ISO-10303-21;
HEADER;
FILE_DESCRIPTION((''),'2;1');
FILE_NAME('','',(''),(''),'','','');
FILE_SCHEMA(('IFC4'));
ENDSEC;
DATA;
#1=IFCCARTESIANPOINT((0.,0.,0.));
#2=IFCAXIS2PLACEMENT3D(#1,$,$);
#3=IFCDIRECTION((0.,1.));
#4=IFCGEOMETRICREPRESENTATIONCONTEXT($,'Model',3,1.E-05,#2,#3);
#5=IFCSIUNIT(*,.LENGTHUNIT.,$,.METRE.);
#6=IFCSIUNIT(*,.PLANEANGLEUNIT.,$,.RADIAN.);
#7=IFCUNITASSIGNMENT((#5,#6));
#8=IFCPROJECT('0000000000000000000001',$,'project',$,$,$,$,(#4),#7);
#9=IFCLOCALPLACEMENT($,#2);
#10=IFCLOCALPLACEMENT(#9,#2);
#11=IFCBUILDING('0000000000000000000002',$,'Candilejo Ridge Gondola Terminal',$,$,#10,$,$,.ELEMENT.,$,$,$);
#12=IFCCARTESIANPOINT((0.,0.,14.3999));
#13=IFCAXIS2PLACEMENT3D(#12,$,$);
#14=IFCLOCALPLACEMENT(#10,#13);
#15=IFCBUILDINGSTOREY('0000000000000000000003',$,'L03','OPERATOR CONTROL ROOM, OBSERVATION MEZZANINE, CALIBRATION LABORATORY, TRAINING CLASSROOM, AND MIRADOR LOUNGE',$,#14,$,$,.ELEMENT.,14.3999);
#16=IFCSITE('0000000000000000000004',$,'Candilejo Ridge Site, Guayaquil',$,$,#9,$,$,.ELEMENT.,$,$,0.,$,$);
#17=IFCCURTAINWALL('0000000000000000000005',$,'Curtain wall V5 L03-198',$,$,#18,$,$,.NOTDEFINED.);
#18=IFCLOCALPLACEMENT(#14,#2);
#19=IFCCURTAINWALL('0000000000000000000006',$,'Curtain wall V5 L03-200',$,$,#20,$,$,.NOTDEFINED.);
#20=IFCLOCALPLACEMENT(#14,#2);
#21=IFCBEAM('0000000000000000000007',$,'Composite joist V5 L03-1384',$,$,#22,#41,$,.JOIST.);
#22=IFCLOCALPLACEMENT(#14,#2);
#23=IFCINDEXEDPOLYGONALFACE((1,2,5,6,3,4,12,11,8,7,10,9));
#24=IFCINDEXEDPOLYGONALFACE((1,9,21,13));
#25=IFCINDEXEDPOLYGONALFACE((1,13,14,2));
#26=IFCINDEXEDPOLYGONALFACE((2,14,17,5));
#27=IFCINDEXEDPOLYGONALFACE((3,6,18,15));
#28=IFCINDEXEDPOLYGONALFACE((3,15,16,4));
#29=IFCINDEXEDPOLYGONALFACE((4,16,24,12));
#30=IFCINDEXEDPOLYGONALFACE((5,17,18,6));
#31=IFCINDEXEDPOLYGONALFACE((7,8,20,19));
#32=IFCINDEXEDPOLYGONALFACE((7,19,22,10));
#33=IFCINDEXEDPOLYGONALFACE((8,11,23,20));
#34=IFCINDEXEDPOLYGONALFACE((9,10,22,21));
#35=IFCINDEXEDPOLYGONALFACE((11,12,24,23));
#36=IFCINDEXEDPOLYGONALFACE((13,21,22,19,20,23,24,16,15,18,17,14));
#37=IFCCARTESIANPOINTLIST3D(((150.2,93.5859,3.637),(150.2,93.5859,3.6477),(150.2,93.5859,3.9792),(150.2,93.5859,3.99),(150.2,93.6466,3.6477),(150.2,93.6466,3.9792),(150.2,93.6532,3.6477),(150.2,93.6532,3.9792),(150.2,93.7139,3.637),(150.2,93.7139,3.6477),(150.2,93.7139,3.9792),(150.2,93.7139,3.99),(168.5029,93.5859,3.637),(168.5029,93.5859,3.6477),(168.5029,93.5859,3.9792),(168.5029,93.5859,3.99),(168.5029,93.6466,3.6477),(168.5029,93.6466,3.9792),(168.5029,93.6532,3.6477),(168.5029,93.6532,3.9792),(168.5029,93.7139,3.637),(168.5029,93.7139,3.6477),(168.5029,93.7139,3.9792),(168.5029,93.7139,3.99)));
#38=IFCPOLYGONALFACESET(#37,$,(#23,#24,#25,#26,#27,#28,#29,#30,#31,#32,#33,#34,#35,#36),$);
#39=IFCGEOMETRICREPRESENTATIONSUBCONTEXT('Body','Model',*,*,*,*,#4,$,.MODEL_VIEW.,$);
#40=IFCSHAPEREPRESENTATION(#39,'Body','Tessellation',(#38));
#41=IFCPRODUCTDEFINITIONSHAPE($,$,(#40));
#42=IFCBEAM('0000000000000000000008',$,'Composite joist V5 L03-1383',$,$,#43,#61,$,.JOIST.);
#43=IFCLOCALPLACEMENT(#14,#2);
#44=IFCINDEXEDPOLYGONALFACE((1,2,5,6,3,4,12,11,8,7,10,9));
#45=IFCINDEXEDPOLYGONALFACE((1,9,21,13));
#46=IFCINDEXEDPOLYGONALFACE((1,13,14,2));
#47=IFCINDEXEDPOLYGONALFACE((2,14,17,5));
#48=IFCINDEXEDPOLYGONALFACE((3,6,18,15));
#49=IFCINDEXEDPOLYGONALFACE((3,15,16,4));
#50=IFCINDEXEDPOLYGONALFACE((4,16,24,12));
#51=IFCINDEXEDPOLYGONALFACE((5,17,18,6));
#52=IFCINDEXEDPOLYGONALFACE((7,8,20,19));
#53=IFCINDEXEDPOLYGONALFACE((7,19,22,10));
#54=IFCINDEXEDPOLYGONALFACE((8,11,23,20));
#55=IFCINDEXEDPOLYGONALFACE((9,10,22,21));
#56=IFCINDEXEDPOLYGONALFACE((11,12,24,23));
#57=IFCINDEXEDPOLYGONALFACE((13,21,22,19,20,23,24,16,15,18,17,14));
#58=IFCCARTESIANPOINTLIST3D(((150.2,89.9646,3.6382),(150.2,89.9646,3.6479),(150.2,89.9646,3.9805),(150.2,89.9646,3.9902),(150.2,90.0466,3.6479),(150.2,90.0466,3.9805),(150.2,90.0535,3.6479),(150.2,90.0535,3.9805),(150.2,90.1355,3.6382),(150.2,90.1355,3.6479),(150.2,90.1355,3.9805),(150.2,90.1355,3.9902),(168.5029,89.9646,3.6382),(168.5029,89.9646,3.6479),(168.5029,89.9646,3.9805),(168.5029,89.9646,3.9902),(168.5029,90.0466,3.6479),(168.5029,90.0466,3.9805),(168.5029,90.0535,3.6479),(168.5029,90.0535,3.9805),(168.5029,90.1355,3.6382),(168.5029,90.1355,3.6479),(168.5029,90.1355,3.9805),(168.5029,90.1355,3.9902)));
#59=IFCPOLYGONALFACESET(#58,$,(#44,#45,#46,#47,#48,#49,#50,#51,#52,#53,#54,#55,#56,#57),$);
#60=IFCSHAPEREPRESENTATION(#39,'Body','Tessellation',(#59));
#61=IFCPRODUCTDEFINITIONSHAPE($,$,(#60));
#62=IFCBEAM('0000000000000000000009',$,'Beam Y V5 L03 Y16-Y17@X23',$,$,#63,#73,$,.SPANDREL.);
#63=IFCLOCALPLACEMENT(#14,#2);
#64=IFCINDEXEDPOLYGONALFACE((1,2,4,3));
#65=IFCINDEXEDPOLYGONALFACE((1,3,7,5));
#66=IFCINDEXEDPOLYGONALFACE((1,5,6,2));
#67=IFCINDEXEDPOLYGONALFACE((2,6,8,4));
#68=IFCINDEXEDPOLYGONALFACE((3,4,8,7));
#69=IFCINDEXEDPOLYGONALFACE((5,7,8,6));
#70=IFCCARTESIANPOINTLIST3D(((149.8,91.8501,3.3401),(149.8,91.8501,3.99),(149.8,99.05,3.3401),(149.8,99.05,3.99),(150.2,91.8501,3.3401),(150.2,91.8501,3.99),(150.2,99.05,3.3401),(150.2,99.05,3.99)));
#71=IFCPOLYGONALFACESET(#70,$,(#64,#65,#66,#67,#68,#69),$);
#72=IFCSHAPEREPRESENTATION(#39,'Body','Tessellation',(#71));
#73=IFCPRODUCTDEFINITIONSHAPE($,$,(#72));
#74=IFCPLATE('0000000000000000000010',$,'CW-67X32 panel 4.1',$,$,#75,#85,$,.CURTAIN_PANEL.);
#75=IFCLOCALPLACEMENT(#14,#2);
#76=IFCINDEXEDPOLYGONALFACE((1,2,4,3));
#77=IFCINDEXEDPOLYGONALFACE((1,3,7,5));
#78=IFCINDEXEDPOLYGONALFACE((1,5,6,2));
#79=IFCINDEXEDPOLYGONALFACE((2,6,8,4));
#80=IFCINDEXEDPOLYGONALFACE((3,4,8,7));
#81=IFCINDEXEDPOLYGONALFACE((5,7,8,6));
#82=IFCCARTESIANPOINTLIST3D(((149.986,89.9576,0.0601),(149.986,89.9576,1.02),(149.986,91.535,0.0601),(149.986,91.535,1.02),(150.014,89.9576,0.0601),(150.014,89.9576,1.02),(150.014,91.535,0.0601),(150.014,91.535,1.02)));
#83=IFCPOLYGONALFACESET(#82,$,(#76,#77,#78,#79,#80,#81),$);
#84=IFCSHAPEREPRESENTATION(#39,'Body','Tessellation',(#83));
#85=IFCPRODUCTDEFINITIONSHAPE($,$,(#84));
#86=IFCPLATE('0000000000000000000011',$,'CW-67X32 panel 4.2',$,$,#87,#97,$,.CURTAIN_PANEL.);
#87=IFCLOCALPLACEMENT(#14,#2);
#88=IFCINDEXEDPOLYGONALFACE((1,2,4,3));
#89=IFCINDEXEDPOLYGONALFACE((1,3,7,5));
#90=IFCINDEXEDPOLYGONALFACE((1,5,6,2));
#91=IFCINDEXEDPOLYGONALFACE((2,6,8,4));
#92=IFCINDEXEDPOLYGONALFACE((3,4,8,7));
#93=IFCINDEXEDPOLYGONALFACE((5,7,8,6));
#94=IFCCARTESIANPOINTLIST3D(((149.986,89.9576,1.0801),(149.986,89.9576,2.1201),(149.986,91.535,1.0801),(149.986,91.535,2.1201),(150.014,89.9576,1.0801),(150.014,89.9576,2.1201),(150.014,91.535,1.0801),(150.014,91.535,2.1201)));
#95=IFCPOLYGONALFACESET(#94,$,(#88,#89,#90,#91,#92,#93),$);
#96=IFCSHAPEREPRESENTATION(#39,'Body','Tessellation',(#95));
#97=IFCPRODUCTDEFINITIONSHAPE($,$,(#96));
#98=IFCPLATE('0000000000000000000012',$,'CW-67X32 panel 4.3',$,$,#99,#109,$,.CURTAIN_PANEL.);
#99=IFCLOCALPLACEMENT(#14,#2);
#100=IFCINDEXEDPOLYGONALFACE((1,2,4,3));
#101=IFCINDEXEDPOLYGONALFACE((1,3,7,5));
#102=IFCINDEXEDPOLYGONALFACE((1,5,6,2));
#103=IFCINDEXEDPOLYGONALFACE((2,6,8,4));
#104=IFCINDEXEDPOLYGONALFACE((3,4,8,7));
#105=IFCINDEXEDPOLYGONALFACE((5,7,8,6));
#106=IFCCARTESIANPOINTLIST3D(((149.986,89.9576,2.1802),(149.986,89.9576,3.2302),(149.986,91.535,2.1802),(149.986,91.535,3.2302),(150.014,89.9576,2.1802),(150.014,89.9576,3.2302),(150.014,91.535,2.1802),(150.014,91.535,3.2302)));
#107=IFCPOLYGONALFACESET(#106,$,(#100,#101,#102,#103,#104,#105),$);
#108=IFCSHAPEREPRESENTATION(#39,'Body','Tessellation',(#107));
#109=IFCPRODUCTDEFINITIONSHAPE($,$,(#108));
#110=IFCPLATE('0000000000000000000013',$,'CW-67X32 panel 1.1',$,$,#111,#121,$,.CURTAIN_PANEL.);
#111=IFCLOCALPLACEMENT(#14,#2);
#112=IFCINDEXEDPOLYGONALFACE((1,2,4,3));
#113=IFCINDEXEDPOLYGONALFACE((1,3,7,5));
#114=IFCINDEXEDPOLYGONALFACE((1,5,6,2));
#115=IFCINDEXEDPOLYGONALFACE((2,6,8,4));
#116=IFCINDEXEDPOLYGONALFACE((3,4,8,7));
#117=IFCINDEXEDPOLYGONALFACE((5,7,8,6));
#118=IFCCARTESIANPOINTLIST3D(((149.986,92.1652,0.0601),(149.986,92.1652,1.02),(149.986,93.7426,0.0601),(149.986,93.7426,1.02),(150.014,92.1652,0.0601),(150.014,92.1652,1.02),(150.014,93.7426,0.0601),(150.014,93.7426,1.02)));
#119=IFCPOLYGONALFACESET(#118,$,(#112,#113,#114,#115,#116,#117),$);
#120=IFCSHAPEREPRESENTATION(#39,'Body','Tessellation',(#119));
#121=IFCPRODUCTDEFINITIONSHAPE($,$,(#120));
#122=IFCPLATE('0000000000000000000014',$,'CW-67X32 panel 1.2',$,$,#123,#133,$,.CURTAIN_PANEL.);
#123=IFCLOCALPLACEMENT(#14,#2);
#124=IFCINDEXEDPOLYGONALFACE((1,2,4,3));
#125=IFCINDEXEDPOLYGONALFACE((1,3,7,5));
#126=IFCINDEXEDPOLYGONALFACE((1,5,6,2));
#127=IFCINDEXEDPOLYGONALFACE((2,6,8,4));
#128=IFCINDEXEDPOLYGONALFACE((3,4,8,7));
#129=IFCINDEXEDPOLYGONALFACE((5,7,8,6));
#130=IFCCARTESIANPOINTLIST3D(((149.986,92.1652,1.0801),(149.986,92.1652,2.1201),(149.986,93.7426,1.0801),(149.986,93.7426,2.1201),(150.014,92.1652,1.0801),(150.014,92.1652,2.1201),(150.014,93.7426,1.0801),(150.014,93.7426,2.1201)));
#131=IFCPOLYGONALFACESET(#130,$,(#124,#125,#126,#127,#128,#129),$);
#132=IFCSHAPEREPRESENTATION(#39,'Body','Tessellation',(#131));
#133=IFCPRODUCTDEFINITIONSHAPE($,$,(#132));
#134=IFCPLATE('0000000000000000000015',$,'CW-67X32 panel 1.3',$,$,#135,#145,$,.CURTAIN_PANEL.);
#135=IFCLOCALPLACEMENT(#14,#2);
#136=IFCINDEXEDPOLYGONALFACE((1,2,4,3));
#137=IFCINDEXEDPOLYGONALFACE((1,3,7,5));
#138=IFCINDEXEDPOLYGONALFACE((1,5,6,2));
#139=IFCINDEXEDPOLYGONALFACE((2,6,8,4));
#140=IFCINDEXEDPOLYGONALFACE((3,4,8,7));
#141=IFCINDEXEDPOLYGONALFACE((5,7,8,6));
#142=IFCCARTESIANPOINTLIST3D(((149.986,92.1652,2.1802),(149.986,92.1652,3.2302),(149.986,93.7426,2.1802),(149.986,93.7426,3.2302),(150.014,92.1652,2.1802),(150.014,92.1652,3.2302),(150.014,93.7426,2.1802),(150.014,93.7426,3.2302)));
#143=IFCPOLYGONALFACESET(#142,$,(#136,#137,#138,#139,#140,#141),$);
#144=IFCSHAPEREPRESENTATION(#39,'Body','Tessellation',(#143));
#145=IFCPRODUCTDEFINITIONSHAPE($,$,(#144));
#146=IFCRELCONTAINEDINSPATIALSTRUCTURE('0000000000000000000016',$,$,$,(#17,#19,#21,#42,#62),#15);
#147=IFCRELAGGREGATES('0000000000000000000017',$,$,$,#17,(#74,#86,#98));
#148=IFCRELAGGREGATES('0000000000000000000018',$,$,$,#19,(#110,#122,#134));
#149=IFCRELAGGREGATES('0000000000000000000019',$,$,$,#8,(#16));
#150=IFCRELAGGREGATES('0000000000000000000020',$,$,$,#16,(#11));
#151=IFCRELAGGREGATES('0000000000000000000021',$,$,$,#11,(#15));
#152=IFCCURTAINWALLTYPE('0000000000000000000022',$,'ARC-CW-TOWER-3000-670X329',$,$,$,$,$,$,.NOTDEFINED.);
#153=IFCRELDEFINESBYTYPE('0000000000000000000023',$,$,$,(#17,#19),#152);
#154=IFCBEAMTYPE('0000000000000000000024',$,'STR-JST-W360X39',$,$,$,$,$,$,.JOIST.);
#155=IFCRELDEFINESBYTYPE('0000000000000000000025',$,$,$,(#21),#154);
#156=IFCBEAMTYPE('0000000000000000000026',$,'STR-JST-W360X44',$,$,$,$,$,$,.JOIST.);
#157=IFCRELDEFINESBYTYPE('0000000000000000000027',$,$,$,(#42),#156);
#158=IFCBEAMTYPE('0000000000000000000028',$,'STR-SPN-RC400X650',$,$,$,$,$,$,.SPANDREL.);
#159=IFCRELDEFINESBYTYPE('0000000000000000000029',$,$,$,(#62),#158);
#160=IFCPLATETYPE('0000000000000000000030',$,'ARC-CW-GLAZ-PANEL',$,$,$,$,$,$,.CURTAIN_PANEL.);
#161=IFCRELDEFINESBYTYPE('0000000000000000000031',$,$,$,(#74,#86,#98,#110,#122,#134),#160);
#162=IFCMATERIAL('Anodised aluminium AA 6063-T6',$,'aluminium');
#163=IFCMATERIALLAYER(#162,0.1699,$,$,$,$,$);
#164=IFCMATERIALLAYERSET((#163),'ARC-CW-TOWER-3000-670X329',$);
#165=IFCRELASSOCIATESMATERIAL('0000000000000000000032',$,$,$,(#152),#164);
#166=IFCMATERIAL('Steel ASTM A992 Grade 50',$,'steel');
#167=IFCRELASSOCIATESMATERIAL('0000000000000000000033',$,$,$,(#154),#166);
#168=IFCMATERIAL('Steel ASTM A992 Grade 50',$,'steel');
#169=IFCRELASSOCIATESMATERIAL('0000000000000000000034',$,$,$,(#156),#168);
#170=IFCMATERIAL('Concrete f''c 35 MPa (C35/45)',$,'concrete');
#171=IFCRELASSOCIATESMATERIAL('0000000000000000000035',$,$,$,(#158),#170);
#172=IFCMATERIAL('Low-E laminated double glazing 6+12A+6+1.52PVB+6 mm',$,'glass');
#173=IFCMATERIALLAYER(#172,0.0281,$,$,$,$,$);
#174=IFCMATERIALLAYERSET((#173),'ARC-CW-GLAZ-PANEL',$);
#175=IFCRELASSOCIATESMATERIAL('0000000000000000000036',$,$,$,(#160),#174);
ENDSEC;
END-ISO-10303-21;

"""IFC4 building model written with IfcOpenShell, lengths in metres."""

from ifc_helpers import new_model, si_unit, direction, frame, origin, origin_2d, place, context, subcontext, project, spatial, rectangle, i_section, extrude, material, layer, layer_set, material_profile, profile_set, type_object, element, aggregate, save


model = new_model("IFC4")

# Units and contexts
model_context = context("Model", 3, precision=1e-05, world=origin(), true_north=direction((0.0, 1.0)))
body_context = subcontext(model_context, "Body", "Model", "MODEL_VIEW")
ifc_project = project(units=[si_unit("LENGTHUNIT", "METRE"), si_unit("PLANEANGLEUNIT", "RADIAN")], contexts=[model_context])

# Site, building, storey
site_placement = place(None, origin())
site = spatial("IfcSite", under=ifc_project, at=site_placement, Name="Candilejo Ridge Site, Guayaquil", CompositionType="ELEMENT", RefElevation=0.0)
building_placement = place(site_placement, origin())
building = spatial("IfcBuilding", under=site, at=building_placement, Name="Candilejo Ridge Gondola Terminal", CompositionType="ELEMENT")
storey_placement = place(building_placement, frame((0.0, 0.0, 14.3999)))
storey = spatial("IfcBuildingStorey", under=building, at=storey_placement, Name="L03", Description="OPERATOR CONTROL ROOM, OBSERVATION MEZZANINE, CALIBRATION LABORATORY, TRAINING CLASSROOM, AND MIRADOR LOUNGE", CompositionType="ELEMENT", Elevation=14.3999)

# Curtain wall
ifc_material_1 = material(Name="Anodised aluminium AA 6063-T6", Category="aluminium")
ifc_layer_1 = layer(ifc_material_1, 0.1699)
ifc_layer_set_1 = layer_set([ifc_layer_1], Name="ARC-CW-TOWER-3000-670X329")
curtain_wall_type = type_object("IfcCurtainWallType", Name="ARC-CW-TOWER-3000-670X329", PredefinedType="NOTDEFINED", material=ifc_layer_set_1)
curtain_wall_1_placement = place(storey_placement, origin())
curtain_wall_1 = element("IfcCurtainWall", 1, at=curtain_wall_1_placement, inside=storey, type_object=curtain_wall_type, Name="Curtain wall V5 L03-198", PredefinedType="NOTDEFINED")

# Curtain wall
curtain_wall_2_placement = place(storey_placement, origin())
curtain_wall_2 = element("IfcCurtainWall", 2, at=curtain_wall_2_placement, inside=storey, type_object=curtain_wall_type, Name="Curtain wall V5 L03-200", PredefinedType="NOTDEFINED")

# Beams
ifc_material_2 = material(Name="Steel ASTM A992 Grade 50", Category="steel")
ifc_material_profile_1 = material_profile(ifc_material_2, i_section(OverallWidth=0.1279, OverallDepth=0.353, WebThickness=0.0066, FlangeThickness=0.0107, at=origin_2d()))
ifc_profile_set_1 = profile_set([ifc_material_profile_1], Name="Steel ASTM A992 Grade 50")
beam_type_1 = type_object("IfcBeamType", Name="STR-JST-W360X39", PredefinedType="JOIST", material=ifc_profile_set_1)
beam_1_placement = place(storey_placement, frame((150.2, 93.6499, 3.8135), z_axis=(1.0, 0.0, 0.0), x_axis=(0.0, 1.0, 0.0)))
element("IfcBeam", 3, at=beam_1_placement, inside=storey, type_object=beam_type_1, Name="Composite joist V5 L03-1384", PredefinedType="JOIST", context=body_context, shape_type="SweptSolid", body=[
    extrude(i_section(OverallWidth=0.1279, OverallDepth=0.353, WebThickness=0.0066, FlangeThickness=0.0107, at=origin_2d()), origin(), (0.0, 0.0, 1.0), 18.303),
])
ifc_material_3 = material(Name="Steel ASTM A992 Grade 50", Category="steel")
ifc_material_profile_2 = material_profile(ifc_material_3, i_section(OverallWidth=0.1709, OverallDepth=0.3521, WebThickness=0.0068, FlangeThickness=0.0098, at=origin_2d()))
ifc_profile_set_2 = profile_set([ifc_material_profile_2], Name="Steel ASTM A992 Grade 50")
beam_type_2 = type_object("IfcBeamType", Name="STR-JST-W360X44", PredefinedType="JOIST", material=ifc_profile_set_2)
beam_2_placement = place(storey_placement, frame((150.2, 90.05, 3.8142), z_axis=(1.0, 0.0, 0.0), x_axis=(0.0, 1.0, 0.0)))
element("IfcBeam", 4, at=beam_2_placement, inside=storey, type_object=beam_type_2, Name="Composite joist V5 L03-1383", PredefinedType="JOIST", context=body_context, shape_type="SweptSolid", body=[
    extrude(i_section(OverallWidth=0.1709, OverallDepth=0.3521, WebThickness=0.0068, FlangeThickness=0.0098, at=origin_2d()), origin(), (0.0, 0.0, 1.0), 18.303),
])
ifc_material_4 = material(Name="Concrete f'c 35 MPa (C35/45)", Category="concrete")
ifc_material_profile_3 = material_profile(ifc_material_4, rectangle(XDim=0.3999, YDim=0.6499, at=origin_2d()))
ifc_profile_set_3 = profile_set([ifc_material_profile_3], Name="Concrete f'c 35 MPa (C35/45)")
beam_type_3 = type_object("IfcBeamType", Name="STR-SPN-RC400X650", PredefinedType="SPANDREL", material=ifc_profile_set_3)
beam_3_placement = place(storey_placement, frame((150.0, 91.8501, 3.665), z_axis=(0.0, 1.0, 0.0), x_axis=(-1.0, 0.0, 0.0)))
element("IfcBeam", 5, at=beam_3_placement, inside=storey, type_object=beam_type_3, Name="Beam Y V5 L03 Y16-Y17@X23", PredefinedType="SPANDREL", context=body_context, shape_type="SweptSolid", body=[
    extrude(rectangle(XDim=0.3999, YDim=0.6499, at=origin_2d()), origin(), (0.0, 0.0, 1.0), 7.2),
])

# Plates
ifc_material_5 = material(Name="Low-E laminated double glazing 6+12A+6+1.52PVB+6 mm", Category="glass")
ifc_layer_2 = layer(ifc_material_5, 0.0281)
ifc_layer_set_2 = layer_set([ifc_layer_2], Name="ARC-CW-GLAZ-PANEL")
plate_type = type_object("IfcPlateType", Name="ARC-CW-GLAZ-PANEL", PredefinedType="CURTAIN_PANEL", material=ifc_layer_set_2)
plate_1_placement = place(storey_placement, frame((150.0, 90.7463, 0.0601), z_axis=(0.0, 0.0, 1.0), x_axis=(0.0, 1.0, 0.0)))
plate_1 = element("IfcPlate", 6, at=plate_1_placement, type_object=plate_type, Name="CW-67X32 panel 4.1", PredefinedType="CURTAIN_PANEL", context=body_context, shape_type="SweptSolid", body=[
    extrude(rectangle(XDim=1.5774, YDim=0.0281, at=origin_2d()), origin(), (0.0, 0.0, 1.0), 0.96),
])
plate_2_placement = place(storey_placement, frame((150.0, 90.7463, 1.0801), z_axis=(0.0, 0.0, 1.0), x_axis=(0.0, 1.0, 0.0)))
plate_2 = element("IfcPlate", 7, at=plate_2_placement, type_object=plate_type, Name="CW-67X32 panel 4.2", PredefinedType="CURTAIN_PANEL", context=body_context, shape_type="SweptSolid", body=[
    extrude(rectangle(XDim=1.5774, YDim=0.0281, at=origin_2d()), origin(), (0.0, 0.0, 1.0), 1.04),
])
plate_3_placement = place(storey_placement, frame((150.0, 90.7463, 2.1802), z_axis=(0.0, 0.0, 1.0), x_axis=(0.0, 1.0, 0.0)))
plate_3 = element("IfcPlate", 8, at=plate_3_placement, type_object=plate_type, Name="CW-67X32 panel 4.3", PredefinedType="CURTAIN_PANEL", context=body_context, shape_type="SweptSolid", body=[
    extrude(rectangle(XDim=1.5774, YDim=0.0281, at=origin_2d()), origin(), (0.0, 0.0, 1.0), 1.05),
])
aggregate(curtain_wall_1, [plate_1, plate_2, plate_3])
plate_4_placement = place(storey_placement, frame((150.0, 92.9539, 0.0601), z_axis=(0.0, 0.0, 1.0), x_axis=(0.0, 1.0, 0.0)))
plate_4 = element("IfcPlate", 9, at=plate_4_placement, type_object=plate_type, Name="CW-67X32 panel 1.1", PredefinedType="CURTAIN_PANEL", context=body_context, shape_type="SweptSolid", body=[
    extrude(rectangle(XDim=1.5774, YDim=0.0281, at=origin_2d()), origin(), (0.0, 0.0, 1.0), 0.96),
])
plate_5_placement = place(storey_placement, frame((150.0, 92.9539, 1.0801), z_axis=(0.0, 0.0, 1.0), x_axis=(0.0, 1.0, 0.0)))
plate_5 = element("IfcPlate", 10, at=plate_5_placement, type_object=plate_type, Name="CW-67X32 panel 1.2", PredefinedType="CURTAIN_PANEL", context=body_context, shape_type="SweptSolid", body=[
    extrude(rectangle(XDim=1.5774, YDim=0.0281, at=origin_2d()), origin(), (0.0, 0.0, 1.0), 1.04),
])
plate_6_placement = place(storey_placement, frame((150.0, 92.9539, 2.1802), z_axis=(0.0, 0.0, 1.0), x_axis=(0.0, 1.0, 0.0)))
plate_6 = element("IfcPlate", 11, at=plate_6_placement, type_object=plate_type, Name="CW-67X32 panel 1.3", PredefinedType="CURTAIN_PANEL", context=body_context, shape_type="SweptSolid", body=[
    extrude(rectangle(XDim=1.5774, YDim=0.0281, at=origin_2d()), origin(), (0.0, 0.0, 1.0), 1.05),
])
aggregate(curtain_wall_2, [plate_4, plate_5, plate_6])

save(model, "model.ifc")
